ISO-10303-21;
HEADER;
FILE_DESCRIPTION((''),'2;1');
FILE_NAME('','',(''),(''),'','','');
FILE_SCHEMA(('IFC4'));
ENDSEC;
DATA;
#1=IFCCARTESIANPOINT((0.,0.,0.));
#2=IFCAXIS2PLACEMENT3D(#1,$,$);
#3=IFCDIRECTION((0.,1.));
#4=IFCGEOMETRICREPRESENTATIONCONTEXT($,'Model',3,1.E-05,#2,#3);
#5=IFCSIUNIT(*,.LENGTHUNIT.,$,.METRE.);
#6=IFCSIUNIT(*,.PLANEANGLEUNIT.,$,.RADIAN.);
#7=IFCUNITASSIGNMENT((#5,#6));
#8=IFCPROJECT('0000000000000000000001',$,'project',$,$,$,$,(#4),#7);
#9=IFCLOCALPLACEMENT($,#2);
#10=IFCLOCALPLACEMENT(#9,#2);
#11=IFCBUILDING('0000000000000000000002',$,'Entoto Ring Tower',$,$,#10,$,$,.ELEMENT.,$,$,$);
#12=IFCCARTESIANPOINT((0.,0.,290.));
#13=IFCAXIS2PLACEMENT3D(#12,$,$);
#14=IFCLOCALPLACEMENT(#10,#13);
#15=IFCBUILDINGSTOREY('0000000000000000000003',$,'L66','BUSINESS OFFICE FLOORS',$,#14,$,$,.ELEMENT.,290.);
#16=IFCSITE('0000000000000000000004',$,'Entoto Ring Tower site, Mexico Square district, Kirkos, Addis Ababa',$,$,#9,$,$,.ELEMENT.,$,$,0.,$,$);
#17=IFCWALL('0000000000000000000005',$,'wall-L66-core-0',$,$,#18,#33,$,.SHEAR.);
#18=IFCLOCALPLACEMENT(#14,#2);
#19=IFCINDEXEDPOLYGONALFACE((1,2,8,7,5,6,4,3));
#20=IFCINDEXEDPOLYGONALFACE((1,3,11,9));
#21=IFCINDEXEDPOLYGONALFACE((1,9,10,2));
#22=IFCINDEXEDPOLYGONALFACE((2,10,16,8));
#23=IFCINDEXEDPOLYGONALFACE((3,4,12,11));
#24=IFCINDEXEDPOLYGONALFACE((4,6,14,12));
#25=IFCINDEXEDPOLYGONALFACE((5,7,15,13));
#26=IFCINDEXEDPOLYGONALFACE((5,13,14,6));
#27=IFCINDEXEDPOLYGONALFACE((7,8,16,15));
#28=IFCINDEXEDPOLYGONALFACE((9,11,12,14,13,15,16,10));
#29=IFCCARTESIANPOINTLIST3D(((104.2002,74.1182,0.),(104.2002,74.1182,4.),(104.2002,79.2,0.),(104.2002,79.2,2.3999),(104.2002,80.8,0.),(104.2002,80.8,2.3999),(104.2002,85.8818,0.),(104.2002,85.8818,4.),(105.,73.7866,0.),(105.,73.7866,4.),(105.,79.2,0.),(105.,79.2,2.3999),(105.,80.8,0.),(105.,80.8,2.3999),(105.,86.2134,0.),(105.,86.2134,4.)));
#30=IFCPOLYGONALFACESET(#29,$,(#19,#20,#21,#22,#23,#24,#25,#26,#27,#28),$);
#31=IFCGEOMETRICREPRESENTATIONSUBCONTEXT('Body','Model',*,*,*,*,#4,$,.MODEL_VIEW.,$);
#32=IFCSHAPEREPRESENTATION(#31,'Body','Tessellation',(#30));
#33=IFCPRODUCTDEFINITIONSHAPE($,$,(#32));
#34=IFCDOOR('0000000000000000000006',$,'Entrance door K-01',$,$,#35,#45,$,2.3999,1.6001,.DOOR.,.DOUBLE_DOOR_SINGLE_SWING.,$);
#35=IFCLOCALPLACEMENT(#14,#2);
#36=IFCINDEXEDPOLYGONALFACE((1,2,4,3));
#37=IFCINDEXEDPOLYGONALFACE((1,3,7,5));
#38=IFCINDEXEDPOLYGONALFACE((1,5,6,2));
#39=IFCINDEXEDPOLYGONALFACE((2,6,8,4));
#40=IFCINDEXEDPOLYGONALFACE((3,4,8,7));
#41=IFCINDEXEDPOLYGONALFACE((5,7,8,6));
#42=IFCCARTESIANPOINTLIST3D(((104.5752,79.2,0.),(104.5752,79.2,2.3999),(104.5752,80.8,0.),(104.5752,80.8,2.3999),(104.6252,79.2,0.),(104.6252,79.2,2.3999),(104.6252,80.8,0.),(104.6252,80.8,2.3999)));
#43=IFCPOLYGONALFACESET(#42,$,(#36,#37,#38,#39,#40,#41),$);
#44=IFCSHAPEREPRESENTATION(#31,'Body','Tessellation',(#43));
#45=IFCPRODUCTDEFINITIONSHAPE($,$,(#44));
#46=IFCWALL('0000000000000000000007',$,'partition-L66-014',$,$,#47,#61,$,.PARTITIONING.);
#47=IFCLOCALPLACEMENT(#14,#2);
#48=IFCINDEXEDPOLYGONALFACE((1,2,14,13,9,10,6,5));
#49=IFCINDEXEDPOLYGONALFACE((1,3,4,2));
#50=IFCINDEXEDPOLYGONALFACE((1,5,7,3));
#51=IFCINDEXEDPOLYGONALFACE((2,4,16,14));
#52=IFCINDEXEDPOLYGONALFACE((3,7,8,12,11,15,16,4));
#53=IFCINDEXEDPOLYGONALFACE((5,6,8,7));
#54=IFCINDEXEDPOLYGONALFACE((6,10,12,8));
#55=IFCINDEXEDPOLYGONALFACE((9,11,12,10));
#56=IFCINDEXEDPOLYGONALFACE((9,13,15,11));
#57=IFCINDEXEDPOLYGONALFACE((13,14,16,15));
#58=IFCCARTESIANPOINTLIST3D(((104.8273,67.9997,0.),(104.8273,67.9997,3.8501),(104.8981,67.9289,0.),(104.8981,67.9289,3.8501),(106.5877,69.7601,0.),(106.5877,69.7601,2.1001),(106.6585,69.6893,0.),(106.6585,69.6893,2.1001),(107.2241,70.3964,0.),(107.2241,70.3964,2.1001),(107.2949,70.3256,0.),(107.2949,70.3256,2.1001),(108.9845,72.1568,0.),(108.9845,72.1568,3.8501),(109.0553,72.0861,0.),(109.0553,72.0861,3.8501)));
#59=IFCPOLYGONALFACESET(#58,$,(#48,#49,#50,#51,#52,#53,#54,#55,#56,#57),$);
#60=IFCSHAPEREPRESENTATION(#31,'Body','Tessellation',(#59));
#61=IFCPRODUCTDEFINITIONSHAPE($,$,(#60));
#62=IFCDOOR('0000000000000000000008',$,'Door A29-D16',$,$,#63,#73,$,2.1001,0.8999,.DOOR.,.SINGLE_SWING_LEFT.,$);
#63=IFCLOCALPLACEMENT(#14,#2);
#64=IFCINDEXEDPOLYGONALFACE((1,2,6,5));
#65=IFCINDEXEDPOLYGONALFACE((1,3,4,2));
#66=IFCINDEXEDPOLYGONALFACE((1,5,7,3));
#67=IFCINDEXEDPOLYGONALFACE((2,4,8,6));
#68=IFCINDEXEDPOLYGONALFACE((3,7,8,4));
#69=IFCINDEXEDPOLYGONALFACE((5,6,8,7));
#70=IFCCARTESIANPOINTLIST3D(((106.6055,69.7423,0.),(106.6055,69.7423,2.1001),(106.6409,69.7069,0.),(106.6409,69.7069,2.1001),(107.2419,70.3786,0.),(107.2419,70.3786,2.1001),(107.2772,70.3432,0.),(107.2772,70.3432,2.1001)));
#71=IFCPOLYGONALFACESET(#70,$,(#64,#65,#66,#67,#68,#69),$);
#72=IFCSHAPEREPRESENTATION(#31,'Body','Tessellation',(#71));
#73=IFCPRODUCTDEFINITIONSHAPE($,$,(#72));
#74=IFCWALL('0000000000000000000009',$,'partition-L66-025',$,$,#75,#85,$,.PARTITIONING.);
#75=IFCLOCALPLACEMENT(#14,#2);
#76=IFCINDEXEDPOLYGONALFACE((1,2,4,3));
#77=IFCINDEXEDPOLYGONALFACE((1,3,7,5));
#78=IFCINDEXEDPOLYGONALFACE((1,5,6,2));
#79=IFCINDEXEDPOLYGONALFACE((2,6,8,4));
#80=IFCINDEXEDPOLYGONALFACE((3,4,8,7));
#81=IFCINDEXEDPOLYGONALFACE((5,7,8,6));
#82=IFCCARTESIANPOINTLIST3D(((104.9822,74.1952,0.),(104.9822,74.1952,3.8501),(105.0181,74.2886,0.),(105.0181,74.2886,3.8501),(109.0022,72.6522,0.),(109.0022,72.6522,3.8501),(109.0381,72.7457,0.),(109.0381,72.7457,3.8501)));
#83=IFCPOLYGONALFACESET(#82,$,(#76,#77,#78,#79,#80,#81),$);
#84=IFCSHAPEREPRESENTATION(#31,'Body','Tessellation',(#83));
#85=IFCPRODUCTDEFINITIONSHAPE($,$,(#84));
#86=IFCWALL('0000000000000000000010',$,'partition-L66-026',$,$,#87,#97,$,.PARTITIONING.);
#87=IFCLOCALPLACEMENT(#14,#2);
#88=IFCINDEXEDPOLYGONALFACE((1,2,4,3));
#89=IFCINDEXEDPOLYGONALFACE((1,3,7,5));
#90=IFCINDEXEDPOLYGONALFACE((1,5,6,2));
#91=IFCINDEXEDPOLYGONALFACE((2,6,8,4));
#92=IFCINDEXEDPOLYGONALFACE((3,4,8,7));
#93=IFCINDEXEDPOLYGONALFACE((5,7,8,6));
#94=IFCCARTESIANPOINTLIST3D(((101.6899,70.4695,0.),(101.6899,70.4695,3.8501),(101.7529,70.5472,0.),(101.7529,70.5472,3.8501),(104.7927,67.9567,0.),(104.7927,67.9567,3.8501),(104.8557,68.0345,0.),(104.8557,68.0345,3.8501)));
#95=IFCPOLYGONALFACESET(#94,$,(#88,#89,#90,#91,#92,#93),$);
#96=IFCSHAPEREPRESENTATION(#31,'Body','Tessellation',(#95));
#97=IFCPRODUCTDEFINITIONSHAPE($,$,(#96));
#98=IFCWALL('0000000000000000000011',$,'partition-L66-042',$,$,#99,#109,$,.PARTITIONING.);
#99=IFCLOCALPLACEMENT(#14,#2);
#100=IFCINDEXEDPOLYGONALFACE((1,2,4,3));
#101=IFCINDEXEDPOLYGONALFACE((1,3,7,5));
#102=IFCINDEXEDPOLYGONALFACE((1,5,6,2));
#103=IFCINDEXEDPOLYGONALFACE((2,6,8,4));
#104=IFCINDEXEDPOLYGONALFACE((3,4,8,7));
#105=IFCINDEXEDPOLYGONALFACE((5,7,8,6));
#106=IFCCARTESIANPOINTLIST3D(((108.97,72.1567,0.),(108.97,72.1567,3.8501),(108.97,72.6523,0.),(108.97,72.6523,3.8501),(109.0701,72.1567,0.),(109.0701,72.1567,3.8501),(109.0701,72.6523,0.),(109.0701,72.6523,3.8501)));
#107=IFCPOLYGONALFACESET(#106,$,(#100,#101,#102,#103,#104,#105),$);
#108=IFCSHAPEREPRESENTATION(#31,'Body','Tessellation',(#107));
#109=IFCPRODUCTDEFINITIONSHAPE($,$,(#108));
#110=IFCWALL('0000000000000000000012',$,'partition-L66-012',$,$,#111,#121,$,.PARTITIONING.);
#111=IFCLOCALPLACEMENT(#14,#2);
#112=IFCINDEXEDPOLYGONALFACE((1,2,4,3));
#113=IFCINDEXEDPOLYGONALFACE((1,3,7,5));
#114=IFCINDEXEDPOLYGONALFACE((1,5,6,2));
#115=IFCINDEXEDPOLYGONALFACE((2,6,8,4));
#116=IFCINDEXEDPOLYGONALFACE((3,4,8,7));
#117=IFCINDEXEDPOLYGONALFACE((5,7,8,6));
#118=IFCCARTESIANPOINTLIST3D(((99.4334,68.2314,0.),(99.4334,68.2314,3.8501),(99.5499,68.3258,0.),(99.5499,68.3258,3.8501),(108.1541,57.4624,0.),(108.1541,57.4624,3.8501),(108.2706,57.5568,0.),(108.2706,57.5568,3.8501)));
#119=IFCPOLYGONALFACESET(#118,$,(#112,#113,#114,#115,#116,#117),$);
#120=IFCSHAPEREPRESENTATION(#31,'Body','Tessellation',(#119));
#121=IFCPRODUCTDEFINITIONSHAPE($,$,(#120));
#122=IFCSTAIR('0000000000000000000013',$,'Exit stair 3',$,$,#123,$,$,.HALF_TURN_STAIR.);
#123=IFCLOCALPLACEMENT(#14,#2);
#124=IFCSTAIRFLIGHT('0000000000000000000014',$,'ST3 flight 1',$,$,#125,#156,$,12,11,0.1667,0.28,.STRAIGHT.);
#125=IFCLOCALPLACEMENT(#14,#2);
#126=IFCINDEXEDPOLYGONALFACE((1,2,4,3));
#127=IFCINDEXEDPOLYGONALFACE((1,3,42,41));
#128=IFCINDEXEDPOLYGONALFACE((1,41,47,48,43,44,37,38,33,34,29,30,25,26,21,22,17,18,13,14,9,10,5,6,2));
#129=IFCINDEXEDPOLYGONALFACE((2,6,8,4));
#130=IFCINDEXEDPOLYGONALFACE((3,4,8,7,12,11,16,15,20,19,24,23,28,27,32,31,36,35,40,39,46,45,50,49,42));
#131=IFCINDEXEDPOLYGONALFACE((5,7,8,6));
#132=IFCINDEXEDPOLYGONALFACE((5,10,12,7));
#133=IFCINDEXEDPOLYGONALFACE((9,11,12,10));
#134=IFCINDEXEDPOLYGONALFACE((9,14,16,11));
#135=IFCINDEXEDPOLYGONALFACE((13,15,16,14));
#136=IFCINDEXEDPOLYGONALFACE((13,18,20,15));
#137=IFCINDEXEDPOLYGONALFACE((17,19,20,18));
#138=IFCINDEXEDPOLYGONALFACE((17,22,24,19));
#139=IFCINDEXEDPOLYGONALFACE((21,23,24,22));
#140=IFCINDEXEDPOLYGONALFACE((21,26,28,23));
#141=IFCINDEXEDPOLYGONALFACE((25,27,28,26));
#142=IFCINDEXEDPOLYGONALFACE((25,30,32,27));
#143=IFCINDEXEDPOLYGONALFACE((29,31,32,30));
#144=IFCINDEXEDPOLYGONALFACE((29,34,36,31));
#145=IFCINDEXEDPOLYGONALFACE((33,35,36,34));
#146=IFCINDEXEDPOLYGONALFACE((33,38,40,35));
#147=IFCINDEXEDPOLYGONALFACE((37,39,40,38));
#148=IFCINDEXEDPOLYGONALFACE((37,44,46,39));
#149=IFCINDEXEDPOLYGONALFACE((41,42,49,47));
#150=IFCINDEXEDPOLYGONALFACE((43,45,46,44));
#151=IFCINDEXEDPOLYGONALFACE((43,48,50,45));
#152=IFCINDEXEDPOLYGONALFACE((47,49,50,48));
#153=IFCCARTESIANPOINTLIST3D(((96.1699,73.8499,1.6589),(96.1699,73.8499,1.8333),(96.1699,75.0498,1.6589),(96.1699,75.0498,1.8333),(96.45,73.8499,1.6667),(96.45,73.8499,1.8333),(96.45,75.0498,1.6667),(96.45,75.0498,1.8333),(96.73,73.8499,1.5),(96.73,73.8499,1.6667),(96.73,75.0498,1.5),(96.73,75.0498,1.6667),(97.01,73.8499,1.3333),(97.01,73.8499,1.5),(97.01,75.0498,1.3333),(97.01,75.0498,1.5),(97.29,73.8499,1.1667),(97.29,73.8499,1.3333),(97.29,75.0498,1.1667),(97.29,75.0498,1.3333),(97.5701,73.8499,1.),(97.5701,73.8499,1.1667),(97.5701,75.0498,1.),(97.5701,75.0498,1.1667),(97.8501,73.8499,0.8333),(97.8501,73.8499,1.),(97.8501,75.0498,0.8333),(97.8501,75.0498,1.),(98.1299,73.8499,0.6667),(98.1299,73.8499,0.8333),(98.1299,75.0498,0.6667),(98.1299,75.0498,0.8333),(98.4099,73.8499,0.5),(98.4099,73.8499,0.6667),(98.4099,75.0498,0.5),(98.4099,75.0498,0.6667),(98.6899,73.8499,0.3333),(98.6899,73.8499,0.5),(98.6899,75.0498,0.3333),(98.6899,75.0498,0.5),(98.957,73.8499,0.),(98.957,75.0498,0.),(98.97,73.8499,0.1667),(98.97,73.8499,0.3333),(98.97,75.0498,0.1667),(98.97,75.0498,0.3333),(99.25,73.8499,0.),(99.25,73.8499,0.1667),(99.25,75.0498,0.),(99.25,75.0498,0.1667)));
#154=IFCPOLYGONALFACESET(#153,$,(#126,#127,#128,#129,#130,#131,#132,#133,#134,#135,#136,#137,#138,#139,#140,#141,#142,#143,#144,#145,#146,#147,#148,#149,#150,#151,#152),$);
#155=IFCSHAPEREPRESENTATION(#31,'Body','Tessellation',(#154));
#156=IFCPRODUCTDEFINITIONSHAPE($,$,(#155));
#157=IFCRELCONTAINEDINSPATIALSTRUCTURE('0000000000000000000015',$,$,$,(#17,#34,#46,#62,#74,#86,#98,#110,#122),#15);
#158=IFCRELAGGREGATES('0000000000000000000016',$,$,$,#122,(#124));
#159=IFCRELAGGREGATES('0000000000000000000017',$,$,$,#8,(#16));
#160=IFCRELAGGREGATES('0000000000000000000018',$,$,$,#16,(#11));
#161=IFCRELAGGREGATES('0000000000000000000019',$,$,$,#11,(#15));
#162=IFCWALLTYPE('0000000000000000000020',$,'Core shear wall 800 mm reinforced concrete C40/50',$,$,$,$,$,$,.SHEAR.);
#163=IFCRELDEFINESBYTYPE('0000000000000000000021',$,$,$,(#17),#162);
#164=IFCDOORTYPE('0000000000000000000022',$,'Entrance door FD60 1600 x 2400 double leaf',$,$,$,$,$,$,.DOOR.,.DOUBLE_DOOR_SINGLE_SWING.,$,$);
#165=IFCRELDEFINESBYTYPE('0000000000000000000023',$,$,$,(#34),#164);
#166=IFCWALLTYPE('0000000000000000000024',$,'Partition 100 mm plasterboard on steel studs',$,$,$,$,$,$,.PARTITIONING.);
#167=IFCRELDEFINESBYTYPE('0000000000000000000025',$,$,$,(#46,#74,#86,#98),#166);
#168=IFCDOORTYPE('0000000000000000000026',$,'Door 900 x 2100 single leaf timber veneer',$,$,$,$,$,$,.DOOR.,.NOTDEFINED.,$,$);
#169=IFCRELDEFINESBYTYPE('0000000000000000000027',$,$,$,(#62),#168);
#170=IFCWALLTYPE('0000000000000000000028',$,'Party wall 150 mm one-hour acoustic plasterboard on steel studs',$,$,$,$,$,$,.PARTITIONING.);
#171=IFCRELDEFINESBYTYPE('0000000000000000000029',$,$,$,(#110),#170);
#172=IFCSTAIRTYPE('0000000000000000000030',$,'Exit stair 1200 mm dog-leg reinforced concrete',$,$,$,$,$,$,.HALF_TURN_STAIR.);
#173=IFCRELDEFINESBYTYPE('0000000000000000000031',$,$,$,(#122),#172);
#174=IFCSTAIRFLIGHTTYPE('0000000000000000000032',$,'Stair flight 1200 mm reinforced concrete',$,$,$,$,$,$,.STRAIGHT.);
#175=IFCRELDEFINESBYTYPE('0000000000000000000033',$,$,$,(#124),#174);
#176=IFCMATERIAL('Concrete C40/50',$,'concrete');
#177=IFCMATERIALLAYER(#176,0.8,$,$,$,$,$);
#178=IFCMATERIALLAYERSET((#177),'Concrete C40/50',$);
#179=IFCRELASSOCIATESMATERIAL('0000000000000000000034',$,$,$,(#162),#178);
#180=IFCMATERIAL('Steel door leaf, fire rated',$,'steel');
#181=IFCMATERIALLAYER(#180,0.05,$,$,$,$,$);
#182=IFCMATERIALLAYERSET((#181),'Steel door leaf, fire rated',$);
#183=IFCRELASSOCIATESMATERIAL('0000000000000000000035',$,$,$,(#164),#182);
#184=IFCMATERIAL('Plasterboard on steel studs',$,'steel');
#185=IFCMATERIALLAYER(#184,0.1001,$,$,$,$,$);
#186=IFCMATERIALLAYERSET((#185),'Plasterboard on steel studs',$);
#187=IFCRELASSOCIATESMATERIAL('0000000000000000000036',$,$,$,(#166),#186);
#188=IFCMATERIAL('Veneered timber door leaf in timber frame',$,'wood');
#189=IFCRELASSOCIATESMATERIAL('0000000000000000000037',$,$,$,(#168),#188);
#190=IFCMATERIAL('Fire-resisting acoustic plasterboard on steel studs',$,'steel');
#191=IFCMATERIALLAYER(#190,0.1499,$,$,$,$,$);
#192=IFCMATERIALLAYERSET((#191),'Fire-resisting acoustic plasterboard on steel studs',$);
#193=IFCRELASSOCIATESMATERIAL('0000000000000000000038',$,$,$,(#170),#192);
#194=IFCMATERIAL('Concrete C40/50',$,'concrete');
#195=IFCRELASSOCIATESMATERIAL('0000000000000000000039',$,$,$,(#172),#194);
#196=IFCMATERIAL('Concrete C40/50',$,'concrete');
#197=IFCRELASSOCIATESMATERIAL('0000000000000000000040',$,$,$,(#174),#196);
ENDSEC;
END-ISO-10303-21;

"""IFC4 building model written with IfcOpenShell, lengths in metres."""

from ifc_helpers import new_model, si_unit, direction, frame, frame_2d, origin, place, context, subcontext, project, spatial, polyline, rectangle, outline, extrude, material, layer, layer_set, type_object, element, fill, aggregate, save


model = new_model("IFC4")

# Units and contexts
model_context = context("Model", 3, precision=1e-05, world=origin(), true_north=direction((0.0, 1.0)))
body_context = subcontext(model_context, "Body", "Model", "MODEL_VIEW")
ifc_project = project(units=[si_unit("LENGTHUNIT", "METRE"), si_unit("PLANEANGLEUNIT", "RADIAN")], contexts=[model_context])

# Site, building, storey
site_placement = place(None, origin())
site = spatial("IfcSite", under=ifc_project, at=site_placement, Name="Entoto Ring Tower site, Mexico Square district, Kirkos, Addis Ababa", CompositionType="ELEMENT", RefElevation=0.0)
building_placement = place(site_placement, origin())
building = spatial("IfcBuilding", under=site, at=building_placement, Name="Entoto Ring Tower", CompositionType="ELEMENT")
storey_placement = place(building_placement, frame((0.0, 0.0, 290.0)))
storey = spatial("IfcBuildingStorey", under=building, at=storey_placement, Name="L66", Description="BUSINESS OFFICE FLOORS", CompositionType="ELEMENT", Elevation=290.0)

# Walls, openings, doors
ifc_material_1 = material(Name="Concrete C40/50", Category="concrete")
ifc_layer_1 = layer(ifc_material_1, 0.8)
ifc_layer_set_1 = layer_set([ifc_layer_1], Name="Concrete C40/50")
wall_type_1 = type_object("IfcWallType", Name="Core shear wall 800 mm reinforced concrete C40/50", PredefinedType="SHEAR", material=ifc_layer_set_1)
wall_1_placement = place(storey_placement, frame((104.6001, 73.9524, 0.0), z_axis=(0.0, 0.0, 1.0), x_axis=(0.0, 1.0, 0.0)))
wall_1 = element("IfcWall", 1, at=wall_1_placement, inside=storey, type_object=wall_type_1, Name="wall-L66-core-0", PredefinedType="SHEAR", context=body_context, shape_type="SweptSolid", body=[
    extrude(outline(polyline([(-0.1658, -0.3999), (12.261, -0.3999), (11.9294, 0.3999), (0.1658, 0.3999), (-0.1658, -0.3999)])), origin(), (0.0, 0.0, 1.0), 4.0),
])
opening_1_placement = place(wall_1_placement, frame((5.2476, 0.0, 0.0)))
opening_1 = element("IfcOpeningElement", 2, at=opening_1_placement, cuts=wall_1, PredefinedType="OPENING", context=body_context, shape_type="SweptSolid", body=[
    extrude(rectangle(XDim=1.6001, YDim=2.3999, at=frame_2d((0.8, 1.2))), frame((0.0, 0.4102, 0.0), z_axis=(0.0, -1.0, 0.0), x_axis=(1.0, 0.0, 0.0)), (0.0, 0.0, 1.0), 0.8201),
])
ifc_material_2 = material(Name="Steel door leaf, fire rated", Category="steel")
ifc_layer_2 = layer(ifc_material_2, 0.05)
ifc_layer_set_2 = layer_set([ifc_layer_2], Name="Steel door leaf, fire rated")
door_type_1 = type_object("IfcDoorType", Name="Entrance door FD60 1600 x 2400 double leaf", OperationType="DOUBLE_DOOR_SINGLE_SWING", PredefinedType="DOOR", material=ifc_layer_set_2)
door_1_placement = place(opening_1_placement, origin())
door_1 = element("IfcDoor", 3, at=door_1_placement, inside=storey, type_object=door_type_1, Name="Entrance door K-01", OperationType="DOUBLE_DOOR_SINGLE_SWING", OverallHeight=2.3999, OverallWidth=1.6001, PredefinedType="DOOR", context=body_context, shape_type="SweptSolid", body=[
    extrude(rectangle(XDim=1.6001, YDim=2.3999, at=frame_2d((0.8, 1.2))), frame((0.0, 0.0249, 0.0), z_axis=(0.0, -1.0, 0.0), x_axis=(1.0, 0.0, 0.0)), (0.0, 0.0, 1.0), 0.05),
])
fill(opening_1, door_1)
ifc_material_3 = material(Name="Plasterboard on steel studs", Category="steel")
ifc_layer_3 = layer(ifc_material_3, 0.1001)
ifc_layer_set_3 = layer_set([ifc_layer_3], Name="Plasterboard on steel studs")
wall_type_2 = type_object("IfcWallType", Name="Partition 100 mm plasterboard on steel studs", PredefinedType="PARTITIONING", material=ifc_layer_set_3)
wall_2_placement = place(storey_placement, frame((104.8628, 67.9644, 0.0), z_axis=(0.0, 0.0, 1.0), x_axis=(0.707107, 0.707107, 0.0)))
wall_2 = element("IfcWall", 4, at=wall_2_placement, inside=storey, type_object=wall_type_2, Name="partition-L66-014", PredefinedType="PARTITIONING", context=body_context, shape_type="SweptSolid", body=[
    extrude(rectangle(XDim=5.8792, YDim=0.1001, at=frame_2d((2.9395, 0.0))), origin(), (0.0, 0.0, 1.0), 3.8501),
])
opening_2_placement = place(wall_2_placement, frame((2.4895, 0.0, 0.0)))
opening_2 = element("IfcOpeningElement", 5, at=opening_2_placement, cuts=wall_2, PredefinedType="OPENING", context=body_context, shape_type="SweptSolid", body=[
    extrude(rectangle(XDim=0.8999, YDim=2.1001, at=frame_2d((0.45, 1.05))), frame((0.0, 0.0601, 0.0), z_axis=(0.0, -1.0, 0.0), x_axis=(1.0, 0.0, 0.0)), (0.0, 0.0, 1.0), 0.1201),
])
ifc_material_4 = material(Name="Veneered timber door leaf in timber frame", Category="wood")
door_type_2 = type_object("IfcDoorType", Name="Door 900 x 2100 single leaf timber veneer", OperationType="NOTDEFINED", PredefinedType="DOOR", material=ifc_material_4)
door_2_placement = place(opening_2_placement, origin())
door_2 = element("IfcDoor", 6, at=door_2_placement, inside=storey, type_object=door_type_2, Name="Door A29-D16", OperationType="SINGLE_SWING_LEFT", OverallHeight=2.1001, OverallWidth=0.8999, PredefinedType="DOOR", context=body_context, shape_type="SweptSolid", body=[
    extrude(rectangle(XDim=0.8999, YDim=2.1001, at=frame_2d((0.45, 1.05))), frame((0.0, 0.0249, 0.0), z_axis=(0.0, -1.0, 0.0), x_axis=(1.0, 0.0, 0.0)), (0.0, 0.0, 1.0), 0.05),
])
fill(opening_2, door_2)

# Walls
wall_3_placement = place(storey_placement, frame((109.02, 72.699, 0.0), z_axis=(0.0, 0.0, 1.0), x_axis=(-0.933594, 0.358333, 0.0)))
element("IfcWall", 7, at=wall_3_placement, inside=storey, type_object=wall_type_2, Name="partition-L66-025", PredefinedType="PARTITIONING", context=body_context, shape_type="SweptSolid", body=[
    extrude(rectangle(XDim=4.3059, YDim=0.1001, at=frame_2d((2.1528, 0.0))), origin(), (0.0, 0.0, 1.0), 3.8501),
])
wall_4_placement = place(storey_placement, frame((104.8242, 67.9956, 0.0), z_axis=(0.0, 0.0, 1.0), x_axis=(-0.777132, 0.629337, 0.0)))
element("IfcWall", 8, at=wall_4_placement, inside=storey, type_object=wall_type_2, Name="partition-L66-026", PredefinedType="PARTITIONING", context=body_context, shape_type="SweptSolid", body=[
    extrude(rectangle(XDim=3.9927, YDim=0.1001, at=frame_2d((1.9963, 0.0))), origin(), (0.0, 0.0, 1.0), 3.8501),
])
wall_5_placement = place(storey_placement, frame((109.02, 72.1567, 0.0), z_axis=(0.0, 0.0, 1.0), x_axis=(0.0, 1.0, 0.0)))
element("IfcWall", 9, at=wall_5_placement, inside=storey, type_object=wall_type_2, Name="partition-L66-042", PredefinedType="PARTITIONING", context=body_context, shape_type="SweptSolid", body=[
    extrude(rectangle(XDim=0.4956, YDim=0.1001, at=frame_2d((0.2478, 0.0))), origin(), (0.0, 0.0, 1.0), 3.8501),
])
ifc_material_5 = material(Name="Fire-resisting acoustic plasterboard on steel studs", Category="steel")
ifc_layer_4 = layer(ifc_material_5, 0.1499)
ifc_layer_set_4 = layer_set([ifc_layer_4], Name="Fire-resisting acoustic plasterboard on steel studs")
wall_type_3 = type_object("IfcWallType", Name="Party wall 150 mm one-hour acoustic plasterboard on steel studs", PredefinedType="PARTITIONING", material=ifc_layer_set_4)
wall_6_placement = place(storey_placement, frame((108.2124, 57.5095, 0.0), z_axis=(0.0, 0.0, 1.0), x_axis=(-0.629325, 0.777142, 0.0)))
element("IfcWall", 10, at=wall_6_placement, inside=storey, type_object=wall_type_3, Name="partition-L66-012", PredefinedType="PARTITIONING", context=body_context, shape_type="SweptSolid", body=[
    extrude(rectangle(XDim=13.8572, YDim=0.1499, at=frame_2d((6.9287, 0.0))), origin(), (0.0, 0.0, 1.0), 3.8501),
])

# Stair, stair flight
ifc_material_6 = material(Name="Concrete C40/50", Category="concrete")
stair_type = type_object("IfcStairType", Name="Exit stair 1200 mm dog-leg reinforced concrete", PredefinedType="HALF_TURN_STAIR", material=ifc_material_6)
stair_placement = place(storey_placement, origin())
stair = element("IfcStair", 11, at=stair_placement, inside=storey, type_object=stair_type, Name="Exit stair 3", PredefinedType="HALF_TURN_STAIR")
ifc_material_7 = material(Name="Concrete C40/50", Category="concrete")
stair_flight_type = type_object("IfcStairFlightType", Name="Stair flight 1200 mm reinforced concrete", PredefinedType="STRAIGHT", material=ifc_material_7)
stair_flight_placement = place(storey_placement, frame((99.25, 74.45, 0.0), z_axis=(0.0, 0.0, 1.0), x_axis=(-1.0, 0.0, 0.0)))
stair_flight = element("IfcStairFlight", 12, at=stair_flight_placement, type_object=stair_flight_type, Name="ST3 flight 1", NumberOfRisers=12, NumberOfTreads=11, PredefinedType="STRAIGHT", RiserHeight=0.1667, TreadLength=0.28, context=body_context, shape_type="SweptSolid", body=[
    extrude(outline(polyline([(0.0, 0.0), (0.0, 0.1667), (0.28, 0.1667), (0.28, 0.3333), (0.5601, 0.3333), (0.5601, 0.5), (0.8401, 0.5), (0.8401, 0.6667), (1.1201, 0.6667), (1.1201, 0.8333), (1.3999, 0.8333), (1.3999, 1.0), (1.6799, 1.0), (1.6799, 1.1667), (1.96, 1.1667), (1.96, 1.3333), (2.24, 1.3333), (2.24, 1.5), (2.52, 1.5), (2.52, 1.6667), (2.8, 1.6667), (2.8, 1.8333), (3.0801, 1.8333), (3.0801, 2.0), (3.0801, 1.6589), (0.293, 0.0), (0.0, 0.0)])), frame((0.0, 0.6001, 0.0), z_axis=(0.0, -1.0, 0.0), x_axis=(1.0, 0.0, 0.0)), (0.0, 0.0, 1.0), 1.2),
])
aggregate(stair, [stair_flight])

save(model, "model.ifc")
